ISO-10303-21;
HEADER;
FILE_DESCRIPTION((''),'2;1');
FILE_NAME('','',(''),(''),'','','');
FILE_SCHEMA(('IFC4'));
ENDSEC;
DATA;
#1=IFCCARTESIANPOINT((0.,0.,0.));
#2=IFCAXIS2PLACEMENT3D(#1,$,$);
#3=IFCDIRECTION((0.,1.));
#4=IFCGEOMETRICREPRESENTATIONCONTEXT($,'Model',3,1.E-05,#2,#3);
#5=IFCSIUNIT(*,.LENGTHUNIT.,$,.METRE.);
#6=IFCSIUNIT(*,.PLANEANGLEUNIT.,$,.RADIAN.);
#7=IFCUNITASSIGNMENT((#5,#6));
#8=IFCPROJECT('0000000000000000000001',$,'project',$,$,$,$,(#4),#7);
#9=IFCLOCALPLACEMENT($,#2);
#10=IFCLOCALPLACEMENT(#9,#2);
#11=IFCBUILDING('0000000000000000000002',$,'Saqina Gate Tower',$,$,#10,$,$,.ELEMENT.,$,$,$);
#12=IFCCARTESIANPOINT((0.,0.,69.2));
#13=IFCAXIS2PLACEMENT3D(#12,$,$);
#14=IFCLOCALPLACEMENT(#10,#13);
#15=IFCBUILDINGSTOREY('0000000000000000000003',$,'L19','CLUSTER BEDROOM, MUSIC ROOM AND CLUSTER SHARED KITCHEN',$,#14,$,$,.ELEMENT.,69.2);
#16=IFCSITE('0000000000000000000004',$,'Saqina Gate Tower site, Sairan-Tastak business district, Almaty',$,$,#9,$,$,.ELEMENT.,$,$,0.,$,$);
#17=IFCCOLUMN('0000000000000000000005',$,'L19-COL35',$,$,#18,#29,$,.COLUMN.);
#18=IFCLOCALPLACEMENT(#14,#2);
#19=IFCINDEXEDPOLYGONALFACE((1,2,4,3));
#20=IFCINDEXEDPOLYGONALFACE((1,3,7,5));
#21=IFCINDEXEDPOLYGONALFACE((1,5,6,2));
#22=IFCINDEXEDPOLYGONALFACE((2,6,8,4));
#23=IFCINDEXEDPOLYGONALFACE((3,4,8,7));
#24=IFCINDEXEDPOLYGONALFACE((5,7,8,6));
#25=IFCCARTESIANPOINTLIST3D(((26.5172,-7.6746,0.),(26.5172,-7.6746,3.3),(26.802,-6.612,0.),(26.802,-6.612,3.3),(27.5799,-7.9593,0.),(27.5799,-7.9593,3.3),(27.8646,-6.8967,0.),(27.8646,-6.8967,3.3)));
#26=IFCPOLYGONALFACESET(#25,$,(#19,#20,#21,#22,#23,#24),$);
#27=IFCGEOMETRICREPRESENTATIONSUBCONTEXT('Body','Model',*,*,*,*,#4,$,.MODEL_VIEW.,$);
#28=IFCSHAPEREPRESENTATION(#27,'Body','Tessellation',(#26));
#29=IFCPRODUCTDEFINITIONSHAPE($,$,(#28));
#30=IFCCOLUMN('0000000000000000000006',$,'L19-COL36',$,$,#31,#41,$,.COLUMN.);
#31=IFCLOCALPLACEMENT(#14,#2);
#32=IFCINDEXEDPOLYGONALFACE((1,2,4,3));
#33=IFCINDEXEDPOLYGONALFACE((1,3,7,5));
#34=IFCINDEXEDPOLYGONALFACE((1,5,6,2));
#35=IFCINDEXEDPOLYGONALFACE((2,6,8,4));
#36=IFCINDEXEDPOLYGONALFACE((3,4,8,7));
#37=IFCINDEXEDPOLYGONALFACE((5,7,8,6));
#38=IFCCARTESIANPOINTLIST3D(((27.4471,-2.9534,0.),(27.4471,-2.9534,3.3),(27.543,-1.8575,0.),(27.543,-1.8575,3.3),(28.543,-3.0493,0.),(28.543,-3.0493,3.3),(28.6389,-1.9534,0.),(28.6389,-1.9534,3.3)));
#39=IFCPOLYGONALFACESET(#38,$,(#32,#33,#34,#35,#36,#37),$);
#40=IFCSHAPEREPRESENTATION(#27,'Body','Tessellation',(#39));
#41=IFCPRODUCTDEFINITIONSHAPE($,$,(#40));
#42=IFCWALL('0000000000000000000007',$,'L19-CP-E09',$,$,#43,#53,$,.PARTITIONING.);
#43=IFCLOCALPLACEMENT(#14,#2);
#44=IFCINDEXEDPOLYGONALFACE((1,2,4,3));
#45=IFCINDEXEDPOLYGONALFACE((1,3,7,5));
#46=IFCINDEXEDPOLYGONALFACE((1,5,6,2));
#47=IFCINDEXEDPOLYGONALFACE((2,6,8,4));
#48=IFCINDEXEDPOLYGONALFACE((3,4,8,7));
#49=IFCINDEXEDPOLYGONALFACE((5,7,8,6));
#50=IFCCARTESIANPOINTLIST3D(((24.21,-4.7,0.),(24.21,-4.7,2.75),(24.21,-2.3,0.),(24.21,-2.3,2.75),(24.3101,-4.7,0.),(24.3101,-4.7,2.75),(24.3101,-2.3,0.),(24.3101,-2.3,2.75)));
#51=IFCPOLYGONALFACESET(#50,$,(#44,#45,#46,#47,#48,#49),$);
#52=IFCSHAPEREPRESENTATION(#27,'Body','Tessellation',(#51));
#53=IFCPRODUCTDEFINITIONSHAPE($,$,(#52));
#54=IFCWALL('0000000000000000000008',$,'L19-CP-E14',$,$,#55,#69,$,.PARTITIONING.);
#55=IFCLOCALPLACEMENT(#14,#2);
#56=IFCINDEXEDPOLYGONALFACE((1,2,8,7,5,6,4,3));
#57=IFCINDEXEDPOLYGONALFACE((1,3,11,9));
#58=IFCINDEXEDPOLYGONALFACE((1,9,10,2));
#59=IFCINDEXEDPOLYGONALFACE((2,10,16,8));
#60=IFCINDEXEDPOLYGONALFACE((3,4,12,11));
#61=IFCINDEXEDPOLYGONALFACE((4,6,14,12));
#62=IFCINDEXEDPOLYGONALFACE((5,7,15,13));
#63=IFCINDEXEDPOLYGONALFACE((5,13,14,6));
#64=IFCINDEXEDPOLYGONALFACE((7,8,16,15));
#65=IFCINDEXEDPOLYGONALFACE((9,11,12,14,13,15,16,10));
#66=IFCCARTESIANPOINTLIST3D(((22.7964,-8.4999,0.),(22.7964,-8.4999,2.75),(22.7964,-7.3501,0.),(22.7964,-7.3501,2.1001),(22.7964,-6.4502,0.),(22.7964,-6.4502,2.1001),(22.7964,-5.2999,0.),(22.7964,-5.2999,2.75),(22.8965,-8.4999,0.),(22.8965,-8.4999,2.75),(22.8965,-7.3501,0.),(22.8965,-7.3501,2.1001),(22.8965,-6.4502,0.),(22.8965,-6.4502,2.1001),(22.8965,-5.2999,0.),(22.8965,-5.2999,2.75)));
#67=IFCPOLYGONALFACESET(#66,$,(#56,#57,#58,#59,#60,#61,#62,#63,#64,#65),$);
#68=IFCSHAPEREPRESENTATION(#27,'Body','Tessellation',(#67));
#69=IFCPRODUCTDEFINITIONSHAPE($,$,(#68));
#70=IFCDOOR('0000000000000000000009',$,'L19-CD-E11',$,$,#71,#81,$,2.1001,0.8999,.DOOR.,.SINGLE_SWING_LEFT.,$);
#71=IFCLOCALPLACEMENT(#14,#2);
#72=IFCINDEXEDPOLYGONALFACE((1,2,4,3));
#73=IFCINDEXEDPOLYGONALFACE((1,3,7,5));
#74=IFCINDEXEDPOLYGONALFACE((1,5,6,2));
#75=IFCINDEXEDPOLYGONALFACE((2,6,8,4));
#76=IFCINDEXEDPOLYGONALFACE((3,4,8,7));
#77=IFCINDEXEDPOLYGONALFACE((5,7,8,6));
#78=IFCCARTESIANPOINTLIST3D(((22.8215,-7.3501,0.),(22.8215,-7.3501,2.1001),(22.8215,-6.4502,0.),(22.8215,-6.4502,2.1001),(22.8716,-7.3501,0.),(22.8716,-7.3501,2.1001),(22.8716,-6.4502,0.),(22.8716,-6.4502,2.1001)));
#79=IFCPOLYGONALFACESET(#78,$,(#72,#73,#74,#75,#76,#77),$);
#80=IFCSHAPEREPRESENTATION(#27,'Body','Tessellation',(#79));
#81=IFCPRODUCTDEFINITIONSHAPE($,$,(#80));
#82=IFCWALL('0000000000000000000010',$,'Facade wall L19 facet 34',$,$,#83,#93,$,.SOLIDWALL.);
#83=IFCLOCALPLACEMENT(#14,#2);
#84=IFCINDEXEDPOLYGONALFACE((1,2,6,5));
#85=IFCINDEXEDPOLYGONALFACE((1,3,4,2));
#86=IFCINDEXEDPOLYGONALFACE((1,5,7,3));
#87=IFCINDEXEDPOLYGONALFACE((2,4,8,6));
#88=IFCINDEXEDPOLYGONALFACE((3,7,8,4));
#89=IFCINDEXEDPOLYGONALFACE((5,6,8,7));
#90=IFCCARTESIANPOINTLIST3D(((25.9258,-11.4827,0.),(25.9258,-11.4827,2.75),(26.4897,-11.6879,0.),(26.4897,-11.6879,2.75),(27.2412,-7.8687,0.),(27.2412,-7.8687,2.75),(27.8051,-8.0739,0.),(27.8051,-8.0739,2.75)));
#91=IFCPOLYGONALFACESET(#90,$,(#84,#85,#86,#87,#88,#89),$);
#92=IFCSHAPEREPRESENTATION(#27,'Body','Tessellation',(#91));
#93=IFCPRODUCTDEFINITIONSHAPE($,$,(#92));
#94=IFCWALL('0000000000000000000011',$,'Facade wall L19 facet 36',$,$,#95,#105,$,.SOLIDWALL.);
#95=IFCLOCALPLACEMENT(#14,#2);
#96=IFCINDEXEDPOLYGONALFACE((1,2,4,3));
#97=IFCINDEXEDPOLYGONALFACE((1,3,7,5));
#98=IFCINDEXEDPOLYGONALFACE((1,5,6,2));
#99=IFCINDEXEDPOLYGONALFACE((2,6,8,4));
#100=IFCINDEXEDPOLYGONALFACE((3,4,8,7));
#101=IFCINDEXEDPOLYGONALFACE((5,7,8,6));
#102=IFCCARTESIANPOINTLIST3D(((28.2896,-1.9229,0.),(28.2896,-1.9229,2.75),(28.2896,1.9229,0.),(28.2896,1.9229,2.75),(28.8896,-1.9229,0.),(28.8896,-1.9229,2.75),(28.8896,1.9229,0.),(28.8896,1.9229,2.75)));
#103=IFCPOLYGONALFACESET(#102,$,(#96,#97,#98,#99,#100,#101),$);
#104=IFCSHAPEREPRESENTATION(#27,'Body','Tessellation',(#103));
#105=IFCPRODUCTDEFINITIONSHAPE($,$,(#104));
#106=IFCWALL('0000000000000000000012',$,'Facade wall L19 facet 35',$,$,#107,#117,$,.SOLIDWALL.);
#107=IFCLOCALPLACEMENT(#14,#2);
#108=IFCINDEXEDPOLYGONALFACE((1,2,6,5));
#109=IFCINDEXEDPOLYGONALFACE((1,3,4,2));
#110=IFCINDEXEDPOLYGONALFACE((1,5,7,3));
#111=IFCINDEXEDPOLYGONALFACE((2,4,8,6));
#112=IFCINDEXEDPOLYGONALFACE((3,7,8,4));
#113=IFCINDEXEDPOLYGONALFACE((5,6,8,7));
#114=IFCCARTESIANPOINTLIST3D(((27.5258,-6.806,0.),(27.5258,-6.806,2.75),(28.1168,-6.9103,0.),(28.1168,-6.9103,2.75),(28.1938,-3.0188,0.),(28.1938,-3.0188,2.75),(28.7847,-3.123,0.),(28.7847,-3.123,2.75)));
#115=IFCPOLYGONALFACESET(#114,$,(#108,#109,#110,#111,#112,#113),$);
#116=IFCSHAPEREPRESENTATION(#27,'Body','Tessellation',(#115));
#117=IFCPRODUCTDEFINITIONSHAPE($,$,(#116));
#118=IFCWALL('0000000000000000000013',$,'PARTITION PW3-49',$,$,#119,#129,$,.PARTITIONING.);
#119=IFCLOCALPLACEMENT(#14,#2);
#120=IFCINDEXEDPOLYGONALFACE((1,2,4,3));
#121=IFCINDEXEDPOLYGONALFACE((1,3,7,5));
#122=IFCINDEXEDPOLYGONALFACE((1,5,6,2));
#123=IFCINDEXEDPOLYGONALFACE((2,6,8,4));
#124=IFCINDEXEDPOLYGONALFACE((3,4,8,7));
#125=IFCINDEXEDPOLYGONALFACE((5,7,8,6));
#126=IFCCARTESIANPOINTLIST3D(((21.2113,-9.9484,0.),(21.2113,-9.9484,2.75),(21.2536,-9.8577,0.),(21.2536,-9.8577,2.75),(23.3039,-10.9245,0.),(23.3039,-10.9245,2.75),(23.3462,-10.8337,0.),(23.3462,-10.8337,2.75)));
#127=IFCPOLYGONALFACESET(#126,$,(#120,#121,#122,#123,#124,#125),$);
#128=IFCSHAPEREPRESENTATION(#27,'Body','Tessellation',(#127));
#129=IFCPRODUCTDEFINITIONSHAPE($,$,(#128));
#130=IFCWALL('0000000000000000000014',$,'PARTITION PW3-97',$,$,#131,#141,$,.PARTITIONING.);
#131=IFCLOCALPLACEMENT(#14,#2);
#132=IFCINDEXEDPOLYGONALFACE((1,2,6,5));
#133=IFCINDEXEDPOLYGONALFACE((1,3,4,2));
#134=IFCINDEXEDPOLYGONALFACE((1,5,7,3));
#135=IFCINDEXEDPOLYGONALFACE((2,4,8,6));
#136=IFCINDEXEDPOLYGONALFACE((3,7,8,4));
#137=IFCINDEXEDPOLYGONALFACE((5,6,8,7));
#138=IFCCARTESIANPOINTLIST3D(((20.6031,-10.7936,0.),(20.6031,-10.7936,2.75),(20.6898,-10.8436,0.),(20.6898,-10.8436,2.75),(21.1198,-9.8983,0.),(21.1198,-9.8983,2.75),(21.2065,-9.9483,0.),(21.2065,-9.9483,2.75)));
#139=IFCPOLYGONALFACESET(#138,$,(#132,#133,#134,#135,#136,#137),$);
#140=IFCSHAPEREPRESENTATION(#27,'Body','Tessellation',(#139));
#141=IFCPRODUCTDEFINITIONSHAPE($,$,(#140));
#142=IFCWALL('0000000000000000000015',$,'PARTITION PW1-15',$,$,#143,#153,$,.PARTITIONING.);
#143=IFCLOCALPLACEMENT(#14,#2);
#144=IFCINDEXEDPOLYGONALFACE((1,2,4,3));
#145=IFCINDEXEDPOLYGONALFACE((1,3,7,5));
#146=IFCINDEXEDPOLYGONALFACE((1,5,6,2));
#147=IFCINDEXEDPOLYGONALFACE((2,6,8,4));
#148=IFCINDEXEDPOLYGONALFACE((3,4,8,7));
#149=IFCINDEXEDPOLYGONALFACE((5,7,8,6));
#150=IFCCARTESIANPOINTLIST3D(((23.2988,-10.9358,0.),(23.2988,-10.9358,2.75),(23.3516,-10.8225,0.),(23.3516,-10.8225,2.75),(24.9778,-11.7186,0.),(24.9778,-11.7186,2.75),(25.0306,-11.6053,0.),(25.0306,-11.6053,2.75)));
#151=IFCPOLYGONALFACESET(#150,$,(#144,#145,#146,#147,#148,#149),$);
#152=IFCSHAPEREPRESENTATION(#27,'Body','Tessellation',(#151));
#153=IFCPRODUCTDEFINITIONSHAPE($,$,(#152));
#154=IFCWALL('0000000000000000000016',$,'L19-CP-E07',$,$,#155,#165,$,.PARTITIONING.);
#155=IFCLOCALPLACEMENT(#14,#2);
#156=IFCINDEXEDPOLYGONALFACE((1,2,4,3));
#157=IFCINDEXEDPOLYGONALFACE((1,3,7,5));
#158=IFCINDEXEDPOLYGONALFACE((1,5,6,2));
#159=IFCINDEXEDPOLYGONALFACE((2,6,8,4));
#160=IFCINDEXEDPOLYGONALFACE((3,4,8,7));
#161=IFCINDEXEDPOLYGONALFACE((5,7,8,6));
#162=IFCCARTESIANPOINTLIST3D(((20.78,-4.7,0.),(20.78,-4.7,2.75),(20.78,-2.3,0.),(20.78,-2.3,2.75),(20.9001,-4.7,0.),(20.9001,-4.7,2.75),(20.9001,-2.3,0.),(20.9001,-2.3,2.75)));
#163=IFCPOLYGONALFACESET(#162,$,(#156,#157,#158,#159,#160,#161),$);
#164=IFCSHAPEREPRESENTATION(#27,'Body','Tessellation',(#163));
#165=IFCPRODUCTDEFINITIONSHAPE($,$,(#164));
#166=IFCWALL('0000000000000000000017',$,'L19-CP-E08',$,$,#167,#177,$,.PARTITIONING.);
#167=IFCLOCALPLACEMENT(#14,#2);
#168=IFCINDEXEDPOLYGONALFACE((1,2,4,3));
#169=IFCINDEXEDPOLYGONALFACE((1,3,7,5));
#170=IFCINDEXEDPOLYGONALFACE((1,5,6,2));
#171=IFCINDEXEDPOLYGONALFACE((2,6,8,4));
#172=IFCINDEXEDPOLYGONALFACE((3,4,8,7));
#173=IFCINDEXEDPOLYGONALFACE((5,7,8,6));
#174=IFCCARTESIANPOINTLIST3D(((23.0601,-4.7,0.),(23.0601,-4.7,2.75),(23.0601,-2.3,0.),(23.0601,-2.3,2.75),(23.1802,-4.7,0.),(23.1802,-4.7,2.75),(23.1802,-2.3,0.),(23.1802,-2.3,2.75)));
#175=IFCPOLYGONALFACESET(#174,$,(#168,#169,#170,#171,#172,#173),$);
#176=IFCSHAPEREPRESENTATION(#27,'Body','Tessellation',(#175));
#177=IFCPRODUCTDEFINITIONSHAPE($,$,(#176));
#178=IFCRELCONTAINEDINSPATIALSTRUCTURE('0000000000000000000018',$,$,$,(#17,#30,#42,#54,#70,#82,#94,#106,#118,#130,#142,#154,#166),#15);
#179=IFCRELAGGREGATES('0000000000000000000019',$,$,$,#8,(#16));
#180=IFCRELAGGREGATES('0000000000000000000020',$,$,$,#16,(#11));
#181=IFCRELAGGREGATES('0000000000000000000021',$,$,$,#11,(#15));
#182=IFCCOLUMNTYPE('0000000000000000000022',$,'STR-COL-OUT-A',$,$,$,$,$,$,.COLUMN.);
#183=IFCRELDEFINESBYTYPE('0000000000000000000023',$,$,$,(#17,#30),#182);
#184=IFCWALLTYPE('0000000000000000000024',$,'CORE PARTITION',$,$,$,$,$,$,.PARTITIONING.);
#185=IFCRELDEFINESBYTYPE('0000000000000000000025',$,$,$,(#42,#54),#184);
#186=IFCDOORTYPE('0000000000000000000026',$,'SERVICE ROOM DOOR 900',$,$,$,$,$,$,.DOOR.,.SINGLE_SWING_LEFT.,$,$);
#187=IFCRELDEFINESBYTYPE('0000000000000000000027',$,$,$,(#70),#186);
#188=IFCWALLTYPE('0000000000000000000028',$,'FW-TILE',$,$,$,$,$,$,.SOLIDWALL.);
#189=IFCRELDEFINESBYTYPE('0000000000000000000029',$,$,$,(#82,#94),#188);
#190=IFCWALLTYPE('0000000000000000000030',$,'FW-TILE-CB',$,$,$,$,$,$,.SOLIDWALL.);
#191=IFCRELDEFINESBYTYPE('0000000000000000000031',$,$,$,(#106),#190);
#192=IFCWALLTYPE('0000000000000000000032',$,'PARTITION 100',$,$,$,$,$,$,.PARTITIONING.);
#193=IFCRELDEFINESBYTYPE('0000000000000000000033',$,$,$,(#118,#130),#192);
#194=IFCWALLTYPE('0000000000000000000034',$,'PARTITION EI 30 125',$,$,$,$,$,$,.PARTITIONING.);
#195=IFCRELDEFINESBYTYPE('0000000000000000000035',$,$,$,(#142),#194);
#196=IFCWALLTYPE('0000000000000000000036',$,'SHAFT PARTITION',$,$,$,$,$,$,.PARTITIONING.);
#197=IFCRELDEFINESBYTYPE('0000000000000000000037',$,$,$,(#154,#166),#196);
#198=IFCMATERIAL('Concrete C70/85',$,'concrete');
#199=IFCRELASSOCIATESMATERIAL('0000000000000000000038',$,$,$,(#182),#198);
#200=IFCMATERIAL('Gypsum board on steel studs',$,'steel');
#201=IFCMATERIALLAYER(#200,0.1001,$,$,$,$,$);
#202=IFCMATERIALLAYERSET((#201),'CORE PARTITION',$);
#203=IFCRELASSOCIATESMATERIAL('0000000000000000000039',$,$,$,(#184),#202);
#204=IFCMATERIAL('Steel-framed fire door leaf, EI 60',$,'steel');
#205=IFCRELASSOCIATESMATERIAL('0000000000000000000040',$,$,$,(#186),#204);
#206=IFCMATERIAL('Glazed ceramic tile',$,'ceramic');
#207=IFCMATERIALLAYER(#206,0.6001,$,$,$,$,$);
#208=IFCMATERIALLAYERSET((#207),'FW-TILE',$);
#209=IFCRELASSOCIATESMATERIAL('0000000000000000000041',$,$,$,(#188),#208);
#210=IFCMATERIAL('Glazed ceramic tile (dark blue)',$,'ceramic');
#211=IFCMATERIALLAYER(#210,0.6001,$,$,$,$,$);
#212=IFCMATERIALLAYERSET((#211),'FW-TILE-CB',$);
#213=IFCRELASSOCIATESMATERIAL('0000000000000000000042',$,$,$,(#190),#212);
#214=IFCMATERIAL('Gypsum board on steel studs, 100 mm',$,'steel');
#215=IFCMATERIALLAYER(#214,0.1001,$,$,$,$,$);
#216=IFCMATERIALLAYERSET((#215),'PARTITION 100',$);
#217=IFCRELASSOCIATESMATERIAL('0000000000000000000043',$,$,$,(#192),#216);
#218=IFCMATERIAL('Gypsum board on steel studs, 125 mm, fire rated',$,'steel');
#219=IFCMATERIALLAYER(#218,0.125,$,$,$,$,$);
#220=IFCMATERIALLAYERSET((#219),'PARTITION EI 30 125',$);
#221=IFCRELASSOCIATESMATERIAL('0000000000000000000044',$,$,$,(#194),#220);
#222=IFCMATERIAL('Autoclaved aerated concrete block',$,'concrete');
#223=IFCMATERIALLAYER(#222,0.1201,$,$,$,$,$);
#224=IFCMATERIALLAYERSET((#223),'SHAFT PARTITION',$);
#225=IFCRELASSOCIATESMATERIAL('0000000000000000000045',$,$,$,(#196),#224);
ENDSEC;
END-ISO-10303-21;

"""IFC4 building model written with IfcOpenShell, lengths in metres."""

from ifc_helpers import new_model, si_unit, direction, frame, frame_2d, origin, origin_2d, place, context, subcontext, project, spatial, rectangle, extrude, material, layer, layer_set, material_profile, profile_set, type_object, element, fill, save


model = new_model("IFC4")

# Units and contexts
model_context = context("Model", 3, precision=1e-05, world=origin(), true_north=direction((0.0, 1.0)))
body_context = subcontext(model_context, "Body", "Model", "MODEL_VIEW")
ifc_project = project(units=[si_unit("LENGTHUNIT", "METRE"), si_unit("PLANEANGLEUNIT", "RADIAN")], contexts=[model_context])

# Site, building, storey
site_placement = place(None, origin())
site = spatial("IfcSite", under=ifc_project, at=site_placement, Name="Saqina Gate Tower site, Sairan-Tastak business district, Almaty", CompositionType="ELEMENT", RefElevation=0.0)
building_placement = place(site_placement, origin())
building = spatial("IfcBuilding", under=site, at=building_placement, Name="Saqina Gate Tower", CompositionType="ELEMENT")
storey_placement = place(building_placement, frame((0.0, 0.0, 69.2)))
storey = spatial("IfcBuildingStorey", under=building, at=storey_placement, Name="L19", Description="CLUSTER BEDROOM, MUSIC ROOM AND CLUSTER SHARED KITCHEN", CompositionType="ELEMENT", Elevation=69.2)

# Columns
ifc_material_1 = material(Name="Concrete C70/85", Category="concrete")
ifc_material_profile = material_profile(ifc_material_1, rectangle(XDim=1.1001, YDim=1.1001, at=origin_2d()), Name="RC 1100x1100")
ifc_profile_set = profile_set([ifc_material_profile], Name="Concrete C70/85")
column_type = type_object("IfcColumnType", Name="STR-COL-OUT-A", PredefinedType="COLUMN", material=ifc_profile_set)
for number, where, z_axis, x_axis, name in (
    (1, (27.1909, -7.2856, 0.0), (0.0, 0.0, 1.0), (0.965926, -0.258819, 0.0), "L19-COL35"),
    (2, (28.043, -2.4534, 0.0), (0.0, 0.0, 1.0), (0.996195, -0.087156, 0.0), "L19-COL36"),
):
    element("IfcColumn", number, at=place(storey_placement, frame(where, z_axis=z_axis, x_axis=x_axis)), inside=storey, type_object=column_type, Name=name, PredefinedType="COLUMN", context=body_context, shape_type="SweptSolid", body=[
        extrude(rectangle(XDim=1.1001, YDim=1.1001, at=origin_2d()), origin(), (0.0, 0.0, 1.0), 3.3),
    ])

# Wall
ifc_material_2 = material(Name="Gypsum board on steel studs", Category="steel")
ifc_layer_1 = layer(ifc_material_2, 0.1001)
ifc_layer_set_1 = layer_set([ifc_layer_1], Name="CORE PARTITION")
wall_type_1 = type_object("IfcWallType", Name="CORE PARTITION", PredefinedType="PARTITIONING", material=ifc_layer_set_1)
wall_1_placement = place(storey_placement, frame((24.26, -4.7, 0.0), z_axis=(0.0, 0.0, 1.0), x_axis=(0.0, 1.0, 0.0)))
element("IfcWall", 3, at=wall_1_placement, inside=storey, type_object=wall_type_1, Name="L19-CP-E09", PredefinedType="PARTITIONING", context=body_context, shape_type="SweptSolid", body=[
    extrude(rectangle(XDim=2.3999, YDim=0.1001, at=frame_2d((1.2, 0.0))), origin(), (0.0, 0.0, 1.0), 2.75),
])

# Wall, opening, door
wall_2_placement = place(storey_placement, frame((22.8464, -8.5, 0.0), z_axis=(0.0, 0.0, 1.0), x_axis=(0.0, 1.0, 0.0)))
wall_2 = element("IfcWall", 4, at=wall_2_placement, inside=storey, type_object=wall_type_1, Name="L19-CP-E14", PredefinedType="PARTITIONING", context=body_context, shape_type="SweptSolid", body=[
    extrude(rectangle(XDim=3.2, YDim=0.1001, at=frame_2d((1.6001, 0.0))), origin(), (0.0, 0.0, 1.0), 2.75),
])
opening_placement = place(wall_2_placement, frame((1.1499, 0.0, 0.0)))
opening = element("IfcOpeningElement", 5, at=opening_placement, cuts=wall_2, PredefinedType="OPENING", context=body_context, shape_type="SweptSolid", body=[
    extrude(rectangle(XDim=0.8999, YDim=2.1001, at=frame_2d((0.45, 1.05))), frame((0.0, 0.062, 0.0), z_axis=(0.0, -1.0, 0.0), x_axis=(1.0, 0.0, 0.0)), (0.0, 0.0, 1.0), 0.124),
])
ifc_material_3 = material(Name="Steel-framed fire door leaf, EI 60", Category="steel")
door_type = type_object("IfcDoorType", Name="SERVICE ROOM DOOR 900", OperationType="SINGLE_SWING_LEFT", PredefinedType="DOOR", material=ifc_material_3)
door_placement = place(opening_placement, origin())
door = element("IfcDoor", 6, at=door_placement, inside=storey, type_object=door_type, Name="L19-CD-E11", OperationType="SINGLE_SWING_LEFT", OverallHeight=2.1001, OverallWidth=0.8999, PredefinedType="DOOR", context=body_context, shape_type="SweptSolid", body=[
    extrude(rectangle(XDim=0.8999, YDim=2.1001, at=frame_2d((0.45, 1.05))), frame((0.0, 0.0249, 0.0), z_axis=(0.0, -1.0, 0.0), x_axis=(1.0, 0.0, 0.0)), (0.0, 0.0, 1.0), 0.05),
])
fill(opening, door)

# Walls
ifc_material_4 = material(Name="Glazed ceramic tile", Category="ceramic")
ifc_layer_2 = layer(ifc_material_4, 0.6001)
ifc_layer_set_2 = layer_set([ifc_layer_2], Name="FW-TILE")
wall_type_2 = type_object("IfcWallType", Name="FW-TILE", PredefinedType="SOLIDWALL", material=ifc_layer_set_2)
wall_3_placement = place(storey_placement, frame((26.2078, -11.5852, 0.0), z_axis=(0.0, 0.0, 1.0), x_axis=(0.342028, 0.93969, 0.0)))
element("IfcWall", 7, at=wall_3_placement, inside=storey, type_object=wall_type_2, Name="Facade wall L19 facet 34", PredefinedType="SOLIDWALL", context=body_context, shape_type="SweptSolid", body=[
    extrude(rectangle(XDim=3.8459, YDim=0.6001, at=frame_2d((1.9229, 0.0))), origin(), (0.0, 0.0, 1.0), 2.75),
])
wall_4_placement = place(storey_placement, frame((28.5896, -1.9229, 0.0), z_axis=(0.0, 0.0, 1.0), x_axis=(0.0, 1.0, 0.0)))
element("IfcWall", 8, at=wall_4_placement, inside=storey, type_object=wall_type_2, Name="Facade wall L19 facet 36", PredefinedType="SOLIDWALL", context=body_context, shape_type="SweptSolid", body=[
    extrude(rectangle(XDim=3.8457, YDim=0.6001, at=frame_2d((1.9229, 0.0))), origin(), (0.0, 0.0, 1.0), 2.75),
])
ifc_material_5 = material(Name="Glazed ceramic tile (dark blue)", Category="ceramic")
ifc_layer_3 = layer(ifc_material_5, 0.6001)
ifc_layer_set_3 = layer_set([ifc_layer_3], Name="FW-TILE-CB")
wall_type_3 = type_object("IfcWallType", Name="FW-TILE-CB", PredefinedType="SOLIDWALL", material=ifc_layer_set_3)
wall_5_placement = place(storey_placement, frame((27.8213, -6.8582, 0.0), z_axis=(0.0, 0.0, 1.0), x_axis=(0.173688, 0.984801, 0.0)))
element("IfcWall", 9, at=wall_5_placement, inside=storey, type_object=wall_type_3, Name="Facade wall L19 facet 35", PredefinedType="SOLIDWALL", context=body_context, shape_type="SweptSolid", body=[
    extrude(rectangle(XDim=3.8457, YDim=0.6001, at=frame_2d((1.9229, 0.0))), origin(), (0.0, 0.0, 1.0), 2.75),
])
ifc_material_6 = material(Name="Gypsum board on steel studs, 100 mm", Category="steel")
ifc_layer_4 = layer(ifc_material_6, 0.1001)
ifc_layer_set_4 = layer_set([ifc_layer_4], Name="PARTITION 100")
wall_type_4 = type_object("IfcWallType", Name="PARTITION 100", PredefinedType="PARTITIONING", material=ifc_layer_set_4)
wall_6_placement = place(storey_placement, frame((21.2324, -9.9031, 0.0), z_axis=(0.0, 0.0, 1.0), x_axis=(0.906275, -0.422689, 0.0)))
element("IfcWall", 10, at=wall_6_placement, inside=storey, type_object=wall_type_4, Name="PARTITION PW3-49", PredefinedType="PARTITIONING", context=body_context, shape_type="SweptSolid", body=[
    extrude(rectangle(XDim=2.3091, YDim=0.1001, at=frame_2d((1.1545, 0.0))), origin(), (0.0, 0.0, 1.0), 2.75),
])
wall_7_placement = place(storey_placement, frame((20.6465, -10.8186, 0.0), z_axis=(0.0, 0.0, 1.0), x_axis=(0.499797, 0.866142, 0.0)))
element("IfcWall", 11, at=wall_7_placement, inside=storey, type_object=wall_type_4, Name="PARTITION PW3-97", PredefinedType="PARTITIONING", context=body_context, shape_type="SweptSolid", body=[
    extrude(rectangle(XDim=1.0337, YDim=0.1001, at=frame_2d((0.5168, 0.0))), origin(), (0.0, 0.0, 1.0), 2.75),
])
ifc_material_7 = material(Name="Gypsum board on steel studs, 125 mm, fire rated", Category="steel")
ifc_layer_5 = layer(ifc_material_7, 0.125)
ifc_layer_set_5 = layer_set([ifc_layer_5], Name="PARTITION EI 30 125")
wall_type_5 = type_object("IfcWallType", Name="PARTITION EI 30 125", PredefinedType="PARTITIONING", material=ifc_layer_set_5)
wall_8_placement = place(storey_placement, frame((23.3252, -10.8792, 0.0), z_axis=(0.0, 0.0, 1.0), x_axis=(0.906348, -0.422532, 0.0)))
element("IfcWall", 12, at=wall_8_placement, inside=storey, type_object=wall_type_5, Name="PARTITION PW1-15", PredefinedType="PARTITIONING", context=body_context, shape_type="SweptSolid", body=[
    extrude(rectangle(XDim=1.8525, YDim=0.125, at=frame_2d((0.9263, 0.0))), origin(), (0.0, 0.0, 1.0), 2.75),
])
ifc_material_8 = material(Name="Autoclaved aerated concrete block", Category="concrete")
ifc_layer_6 = layer(ifc_material_8, 0.1201)
ifc_layer_set_6 = layer_set([ifc_layer_6], Name="SHAFT PARTITION")
wall_type_6 = type_object("IfcWallType", Name="SHAFT PARTITION", PredefinedType="PARTITIONING", material=ifc_layer_set_6)
for number, where, z_axis, x_axis, name in (
    (13, (20.8401, -4.7, 0.0), (0.0, 0.0, 1.0), (0.0, 1.0, 0.0), "L19-CP-E07"),
    (14, (23.1201, -4.7, 0.0), (0.0, 0.0, 1.0), (0.0, 1.0, 0.0), "L19-CP-E08"),
):
    element("IfcWall", number, at=place(storey_placement, frame(where, z_axis=z_axis, x_axis=x_axis)), inside=storey, type_object=wall_type_6, Name=name, PredefinedType="PARTITIONING", context=body_context, shape_type="SweptSolid", body=[
        extrude(rectangle(XDim=2.3999, YDim=0.1201, at=frame_2d((1.2, 0.0))), origin(), (0.0, 0.0, 1.0), 2.75),
    ])

save(model, "model.ifc")
